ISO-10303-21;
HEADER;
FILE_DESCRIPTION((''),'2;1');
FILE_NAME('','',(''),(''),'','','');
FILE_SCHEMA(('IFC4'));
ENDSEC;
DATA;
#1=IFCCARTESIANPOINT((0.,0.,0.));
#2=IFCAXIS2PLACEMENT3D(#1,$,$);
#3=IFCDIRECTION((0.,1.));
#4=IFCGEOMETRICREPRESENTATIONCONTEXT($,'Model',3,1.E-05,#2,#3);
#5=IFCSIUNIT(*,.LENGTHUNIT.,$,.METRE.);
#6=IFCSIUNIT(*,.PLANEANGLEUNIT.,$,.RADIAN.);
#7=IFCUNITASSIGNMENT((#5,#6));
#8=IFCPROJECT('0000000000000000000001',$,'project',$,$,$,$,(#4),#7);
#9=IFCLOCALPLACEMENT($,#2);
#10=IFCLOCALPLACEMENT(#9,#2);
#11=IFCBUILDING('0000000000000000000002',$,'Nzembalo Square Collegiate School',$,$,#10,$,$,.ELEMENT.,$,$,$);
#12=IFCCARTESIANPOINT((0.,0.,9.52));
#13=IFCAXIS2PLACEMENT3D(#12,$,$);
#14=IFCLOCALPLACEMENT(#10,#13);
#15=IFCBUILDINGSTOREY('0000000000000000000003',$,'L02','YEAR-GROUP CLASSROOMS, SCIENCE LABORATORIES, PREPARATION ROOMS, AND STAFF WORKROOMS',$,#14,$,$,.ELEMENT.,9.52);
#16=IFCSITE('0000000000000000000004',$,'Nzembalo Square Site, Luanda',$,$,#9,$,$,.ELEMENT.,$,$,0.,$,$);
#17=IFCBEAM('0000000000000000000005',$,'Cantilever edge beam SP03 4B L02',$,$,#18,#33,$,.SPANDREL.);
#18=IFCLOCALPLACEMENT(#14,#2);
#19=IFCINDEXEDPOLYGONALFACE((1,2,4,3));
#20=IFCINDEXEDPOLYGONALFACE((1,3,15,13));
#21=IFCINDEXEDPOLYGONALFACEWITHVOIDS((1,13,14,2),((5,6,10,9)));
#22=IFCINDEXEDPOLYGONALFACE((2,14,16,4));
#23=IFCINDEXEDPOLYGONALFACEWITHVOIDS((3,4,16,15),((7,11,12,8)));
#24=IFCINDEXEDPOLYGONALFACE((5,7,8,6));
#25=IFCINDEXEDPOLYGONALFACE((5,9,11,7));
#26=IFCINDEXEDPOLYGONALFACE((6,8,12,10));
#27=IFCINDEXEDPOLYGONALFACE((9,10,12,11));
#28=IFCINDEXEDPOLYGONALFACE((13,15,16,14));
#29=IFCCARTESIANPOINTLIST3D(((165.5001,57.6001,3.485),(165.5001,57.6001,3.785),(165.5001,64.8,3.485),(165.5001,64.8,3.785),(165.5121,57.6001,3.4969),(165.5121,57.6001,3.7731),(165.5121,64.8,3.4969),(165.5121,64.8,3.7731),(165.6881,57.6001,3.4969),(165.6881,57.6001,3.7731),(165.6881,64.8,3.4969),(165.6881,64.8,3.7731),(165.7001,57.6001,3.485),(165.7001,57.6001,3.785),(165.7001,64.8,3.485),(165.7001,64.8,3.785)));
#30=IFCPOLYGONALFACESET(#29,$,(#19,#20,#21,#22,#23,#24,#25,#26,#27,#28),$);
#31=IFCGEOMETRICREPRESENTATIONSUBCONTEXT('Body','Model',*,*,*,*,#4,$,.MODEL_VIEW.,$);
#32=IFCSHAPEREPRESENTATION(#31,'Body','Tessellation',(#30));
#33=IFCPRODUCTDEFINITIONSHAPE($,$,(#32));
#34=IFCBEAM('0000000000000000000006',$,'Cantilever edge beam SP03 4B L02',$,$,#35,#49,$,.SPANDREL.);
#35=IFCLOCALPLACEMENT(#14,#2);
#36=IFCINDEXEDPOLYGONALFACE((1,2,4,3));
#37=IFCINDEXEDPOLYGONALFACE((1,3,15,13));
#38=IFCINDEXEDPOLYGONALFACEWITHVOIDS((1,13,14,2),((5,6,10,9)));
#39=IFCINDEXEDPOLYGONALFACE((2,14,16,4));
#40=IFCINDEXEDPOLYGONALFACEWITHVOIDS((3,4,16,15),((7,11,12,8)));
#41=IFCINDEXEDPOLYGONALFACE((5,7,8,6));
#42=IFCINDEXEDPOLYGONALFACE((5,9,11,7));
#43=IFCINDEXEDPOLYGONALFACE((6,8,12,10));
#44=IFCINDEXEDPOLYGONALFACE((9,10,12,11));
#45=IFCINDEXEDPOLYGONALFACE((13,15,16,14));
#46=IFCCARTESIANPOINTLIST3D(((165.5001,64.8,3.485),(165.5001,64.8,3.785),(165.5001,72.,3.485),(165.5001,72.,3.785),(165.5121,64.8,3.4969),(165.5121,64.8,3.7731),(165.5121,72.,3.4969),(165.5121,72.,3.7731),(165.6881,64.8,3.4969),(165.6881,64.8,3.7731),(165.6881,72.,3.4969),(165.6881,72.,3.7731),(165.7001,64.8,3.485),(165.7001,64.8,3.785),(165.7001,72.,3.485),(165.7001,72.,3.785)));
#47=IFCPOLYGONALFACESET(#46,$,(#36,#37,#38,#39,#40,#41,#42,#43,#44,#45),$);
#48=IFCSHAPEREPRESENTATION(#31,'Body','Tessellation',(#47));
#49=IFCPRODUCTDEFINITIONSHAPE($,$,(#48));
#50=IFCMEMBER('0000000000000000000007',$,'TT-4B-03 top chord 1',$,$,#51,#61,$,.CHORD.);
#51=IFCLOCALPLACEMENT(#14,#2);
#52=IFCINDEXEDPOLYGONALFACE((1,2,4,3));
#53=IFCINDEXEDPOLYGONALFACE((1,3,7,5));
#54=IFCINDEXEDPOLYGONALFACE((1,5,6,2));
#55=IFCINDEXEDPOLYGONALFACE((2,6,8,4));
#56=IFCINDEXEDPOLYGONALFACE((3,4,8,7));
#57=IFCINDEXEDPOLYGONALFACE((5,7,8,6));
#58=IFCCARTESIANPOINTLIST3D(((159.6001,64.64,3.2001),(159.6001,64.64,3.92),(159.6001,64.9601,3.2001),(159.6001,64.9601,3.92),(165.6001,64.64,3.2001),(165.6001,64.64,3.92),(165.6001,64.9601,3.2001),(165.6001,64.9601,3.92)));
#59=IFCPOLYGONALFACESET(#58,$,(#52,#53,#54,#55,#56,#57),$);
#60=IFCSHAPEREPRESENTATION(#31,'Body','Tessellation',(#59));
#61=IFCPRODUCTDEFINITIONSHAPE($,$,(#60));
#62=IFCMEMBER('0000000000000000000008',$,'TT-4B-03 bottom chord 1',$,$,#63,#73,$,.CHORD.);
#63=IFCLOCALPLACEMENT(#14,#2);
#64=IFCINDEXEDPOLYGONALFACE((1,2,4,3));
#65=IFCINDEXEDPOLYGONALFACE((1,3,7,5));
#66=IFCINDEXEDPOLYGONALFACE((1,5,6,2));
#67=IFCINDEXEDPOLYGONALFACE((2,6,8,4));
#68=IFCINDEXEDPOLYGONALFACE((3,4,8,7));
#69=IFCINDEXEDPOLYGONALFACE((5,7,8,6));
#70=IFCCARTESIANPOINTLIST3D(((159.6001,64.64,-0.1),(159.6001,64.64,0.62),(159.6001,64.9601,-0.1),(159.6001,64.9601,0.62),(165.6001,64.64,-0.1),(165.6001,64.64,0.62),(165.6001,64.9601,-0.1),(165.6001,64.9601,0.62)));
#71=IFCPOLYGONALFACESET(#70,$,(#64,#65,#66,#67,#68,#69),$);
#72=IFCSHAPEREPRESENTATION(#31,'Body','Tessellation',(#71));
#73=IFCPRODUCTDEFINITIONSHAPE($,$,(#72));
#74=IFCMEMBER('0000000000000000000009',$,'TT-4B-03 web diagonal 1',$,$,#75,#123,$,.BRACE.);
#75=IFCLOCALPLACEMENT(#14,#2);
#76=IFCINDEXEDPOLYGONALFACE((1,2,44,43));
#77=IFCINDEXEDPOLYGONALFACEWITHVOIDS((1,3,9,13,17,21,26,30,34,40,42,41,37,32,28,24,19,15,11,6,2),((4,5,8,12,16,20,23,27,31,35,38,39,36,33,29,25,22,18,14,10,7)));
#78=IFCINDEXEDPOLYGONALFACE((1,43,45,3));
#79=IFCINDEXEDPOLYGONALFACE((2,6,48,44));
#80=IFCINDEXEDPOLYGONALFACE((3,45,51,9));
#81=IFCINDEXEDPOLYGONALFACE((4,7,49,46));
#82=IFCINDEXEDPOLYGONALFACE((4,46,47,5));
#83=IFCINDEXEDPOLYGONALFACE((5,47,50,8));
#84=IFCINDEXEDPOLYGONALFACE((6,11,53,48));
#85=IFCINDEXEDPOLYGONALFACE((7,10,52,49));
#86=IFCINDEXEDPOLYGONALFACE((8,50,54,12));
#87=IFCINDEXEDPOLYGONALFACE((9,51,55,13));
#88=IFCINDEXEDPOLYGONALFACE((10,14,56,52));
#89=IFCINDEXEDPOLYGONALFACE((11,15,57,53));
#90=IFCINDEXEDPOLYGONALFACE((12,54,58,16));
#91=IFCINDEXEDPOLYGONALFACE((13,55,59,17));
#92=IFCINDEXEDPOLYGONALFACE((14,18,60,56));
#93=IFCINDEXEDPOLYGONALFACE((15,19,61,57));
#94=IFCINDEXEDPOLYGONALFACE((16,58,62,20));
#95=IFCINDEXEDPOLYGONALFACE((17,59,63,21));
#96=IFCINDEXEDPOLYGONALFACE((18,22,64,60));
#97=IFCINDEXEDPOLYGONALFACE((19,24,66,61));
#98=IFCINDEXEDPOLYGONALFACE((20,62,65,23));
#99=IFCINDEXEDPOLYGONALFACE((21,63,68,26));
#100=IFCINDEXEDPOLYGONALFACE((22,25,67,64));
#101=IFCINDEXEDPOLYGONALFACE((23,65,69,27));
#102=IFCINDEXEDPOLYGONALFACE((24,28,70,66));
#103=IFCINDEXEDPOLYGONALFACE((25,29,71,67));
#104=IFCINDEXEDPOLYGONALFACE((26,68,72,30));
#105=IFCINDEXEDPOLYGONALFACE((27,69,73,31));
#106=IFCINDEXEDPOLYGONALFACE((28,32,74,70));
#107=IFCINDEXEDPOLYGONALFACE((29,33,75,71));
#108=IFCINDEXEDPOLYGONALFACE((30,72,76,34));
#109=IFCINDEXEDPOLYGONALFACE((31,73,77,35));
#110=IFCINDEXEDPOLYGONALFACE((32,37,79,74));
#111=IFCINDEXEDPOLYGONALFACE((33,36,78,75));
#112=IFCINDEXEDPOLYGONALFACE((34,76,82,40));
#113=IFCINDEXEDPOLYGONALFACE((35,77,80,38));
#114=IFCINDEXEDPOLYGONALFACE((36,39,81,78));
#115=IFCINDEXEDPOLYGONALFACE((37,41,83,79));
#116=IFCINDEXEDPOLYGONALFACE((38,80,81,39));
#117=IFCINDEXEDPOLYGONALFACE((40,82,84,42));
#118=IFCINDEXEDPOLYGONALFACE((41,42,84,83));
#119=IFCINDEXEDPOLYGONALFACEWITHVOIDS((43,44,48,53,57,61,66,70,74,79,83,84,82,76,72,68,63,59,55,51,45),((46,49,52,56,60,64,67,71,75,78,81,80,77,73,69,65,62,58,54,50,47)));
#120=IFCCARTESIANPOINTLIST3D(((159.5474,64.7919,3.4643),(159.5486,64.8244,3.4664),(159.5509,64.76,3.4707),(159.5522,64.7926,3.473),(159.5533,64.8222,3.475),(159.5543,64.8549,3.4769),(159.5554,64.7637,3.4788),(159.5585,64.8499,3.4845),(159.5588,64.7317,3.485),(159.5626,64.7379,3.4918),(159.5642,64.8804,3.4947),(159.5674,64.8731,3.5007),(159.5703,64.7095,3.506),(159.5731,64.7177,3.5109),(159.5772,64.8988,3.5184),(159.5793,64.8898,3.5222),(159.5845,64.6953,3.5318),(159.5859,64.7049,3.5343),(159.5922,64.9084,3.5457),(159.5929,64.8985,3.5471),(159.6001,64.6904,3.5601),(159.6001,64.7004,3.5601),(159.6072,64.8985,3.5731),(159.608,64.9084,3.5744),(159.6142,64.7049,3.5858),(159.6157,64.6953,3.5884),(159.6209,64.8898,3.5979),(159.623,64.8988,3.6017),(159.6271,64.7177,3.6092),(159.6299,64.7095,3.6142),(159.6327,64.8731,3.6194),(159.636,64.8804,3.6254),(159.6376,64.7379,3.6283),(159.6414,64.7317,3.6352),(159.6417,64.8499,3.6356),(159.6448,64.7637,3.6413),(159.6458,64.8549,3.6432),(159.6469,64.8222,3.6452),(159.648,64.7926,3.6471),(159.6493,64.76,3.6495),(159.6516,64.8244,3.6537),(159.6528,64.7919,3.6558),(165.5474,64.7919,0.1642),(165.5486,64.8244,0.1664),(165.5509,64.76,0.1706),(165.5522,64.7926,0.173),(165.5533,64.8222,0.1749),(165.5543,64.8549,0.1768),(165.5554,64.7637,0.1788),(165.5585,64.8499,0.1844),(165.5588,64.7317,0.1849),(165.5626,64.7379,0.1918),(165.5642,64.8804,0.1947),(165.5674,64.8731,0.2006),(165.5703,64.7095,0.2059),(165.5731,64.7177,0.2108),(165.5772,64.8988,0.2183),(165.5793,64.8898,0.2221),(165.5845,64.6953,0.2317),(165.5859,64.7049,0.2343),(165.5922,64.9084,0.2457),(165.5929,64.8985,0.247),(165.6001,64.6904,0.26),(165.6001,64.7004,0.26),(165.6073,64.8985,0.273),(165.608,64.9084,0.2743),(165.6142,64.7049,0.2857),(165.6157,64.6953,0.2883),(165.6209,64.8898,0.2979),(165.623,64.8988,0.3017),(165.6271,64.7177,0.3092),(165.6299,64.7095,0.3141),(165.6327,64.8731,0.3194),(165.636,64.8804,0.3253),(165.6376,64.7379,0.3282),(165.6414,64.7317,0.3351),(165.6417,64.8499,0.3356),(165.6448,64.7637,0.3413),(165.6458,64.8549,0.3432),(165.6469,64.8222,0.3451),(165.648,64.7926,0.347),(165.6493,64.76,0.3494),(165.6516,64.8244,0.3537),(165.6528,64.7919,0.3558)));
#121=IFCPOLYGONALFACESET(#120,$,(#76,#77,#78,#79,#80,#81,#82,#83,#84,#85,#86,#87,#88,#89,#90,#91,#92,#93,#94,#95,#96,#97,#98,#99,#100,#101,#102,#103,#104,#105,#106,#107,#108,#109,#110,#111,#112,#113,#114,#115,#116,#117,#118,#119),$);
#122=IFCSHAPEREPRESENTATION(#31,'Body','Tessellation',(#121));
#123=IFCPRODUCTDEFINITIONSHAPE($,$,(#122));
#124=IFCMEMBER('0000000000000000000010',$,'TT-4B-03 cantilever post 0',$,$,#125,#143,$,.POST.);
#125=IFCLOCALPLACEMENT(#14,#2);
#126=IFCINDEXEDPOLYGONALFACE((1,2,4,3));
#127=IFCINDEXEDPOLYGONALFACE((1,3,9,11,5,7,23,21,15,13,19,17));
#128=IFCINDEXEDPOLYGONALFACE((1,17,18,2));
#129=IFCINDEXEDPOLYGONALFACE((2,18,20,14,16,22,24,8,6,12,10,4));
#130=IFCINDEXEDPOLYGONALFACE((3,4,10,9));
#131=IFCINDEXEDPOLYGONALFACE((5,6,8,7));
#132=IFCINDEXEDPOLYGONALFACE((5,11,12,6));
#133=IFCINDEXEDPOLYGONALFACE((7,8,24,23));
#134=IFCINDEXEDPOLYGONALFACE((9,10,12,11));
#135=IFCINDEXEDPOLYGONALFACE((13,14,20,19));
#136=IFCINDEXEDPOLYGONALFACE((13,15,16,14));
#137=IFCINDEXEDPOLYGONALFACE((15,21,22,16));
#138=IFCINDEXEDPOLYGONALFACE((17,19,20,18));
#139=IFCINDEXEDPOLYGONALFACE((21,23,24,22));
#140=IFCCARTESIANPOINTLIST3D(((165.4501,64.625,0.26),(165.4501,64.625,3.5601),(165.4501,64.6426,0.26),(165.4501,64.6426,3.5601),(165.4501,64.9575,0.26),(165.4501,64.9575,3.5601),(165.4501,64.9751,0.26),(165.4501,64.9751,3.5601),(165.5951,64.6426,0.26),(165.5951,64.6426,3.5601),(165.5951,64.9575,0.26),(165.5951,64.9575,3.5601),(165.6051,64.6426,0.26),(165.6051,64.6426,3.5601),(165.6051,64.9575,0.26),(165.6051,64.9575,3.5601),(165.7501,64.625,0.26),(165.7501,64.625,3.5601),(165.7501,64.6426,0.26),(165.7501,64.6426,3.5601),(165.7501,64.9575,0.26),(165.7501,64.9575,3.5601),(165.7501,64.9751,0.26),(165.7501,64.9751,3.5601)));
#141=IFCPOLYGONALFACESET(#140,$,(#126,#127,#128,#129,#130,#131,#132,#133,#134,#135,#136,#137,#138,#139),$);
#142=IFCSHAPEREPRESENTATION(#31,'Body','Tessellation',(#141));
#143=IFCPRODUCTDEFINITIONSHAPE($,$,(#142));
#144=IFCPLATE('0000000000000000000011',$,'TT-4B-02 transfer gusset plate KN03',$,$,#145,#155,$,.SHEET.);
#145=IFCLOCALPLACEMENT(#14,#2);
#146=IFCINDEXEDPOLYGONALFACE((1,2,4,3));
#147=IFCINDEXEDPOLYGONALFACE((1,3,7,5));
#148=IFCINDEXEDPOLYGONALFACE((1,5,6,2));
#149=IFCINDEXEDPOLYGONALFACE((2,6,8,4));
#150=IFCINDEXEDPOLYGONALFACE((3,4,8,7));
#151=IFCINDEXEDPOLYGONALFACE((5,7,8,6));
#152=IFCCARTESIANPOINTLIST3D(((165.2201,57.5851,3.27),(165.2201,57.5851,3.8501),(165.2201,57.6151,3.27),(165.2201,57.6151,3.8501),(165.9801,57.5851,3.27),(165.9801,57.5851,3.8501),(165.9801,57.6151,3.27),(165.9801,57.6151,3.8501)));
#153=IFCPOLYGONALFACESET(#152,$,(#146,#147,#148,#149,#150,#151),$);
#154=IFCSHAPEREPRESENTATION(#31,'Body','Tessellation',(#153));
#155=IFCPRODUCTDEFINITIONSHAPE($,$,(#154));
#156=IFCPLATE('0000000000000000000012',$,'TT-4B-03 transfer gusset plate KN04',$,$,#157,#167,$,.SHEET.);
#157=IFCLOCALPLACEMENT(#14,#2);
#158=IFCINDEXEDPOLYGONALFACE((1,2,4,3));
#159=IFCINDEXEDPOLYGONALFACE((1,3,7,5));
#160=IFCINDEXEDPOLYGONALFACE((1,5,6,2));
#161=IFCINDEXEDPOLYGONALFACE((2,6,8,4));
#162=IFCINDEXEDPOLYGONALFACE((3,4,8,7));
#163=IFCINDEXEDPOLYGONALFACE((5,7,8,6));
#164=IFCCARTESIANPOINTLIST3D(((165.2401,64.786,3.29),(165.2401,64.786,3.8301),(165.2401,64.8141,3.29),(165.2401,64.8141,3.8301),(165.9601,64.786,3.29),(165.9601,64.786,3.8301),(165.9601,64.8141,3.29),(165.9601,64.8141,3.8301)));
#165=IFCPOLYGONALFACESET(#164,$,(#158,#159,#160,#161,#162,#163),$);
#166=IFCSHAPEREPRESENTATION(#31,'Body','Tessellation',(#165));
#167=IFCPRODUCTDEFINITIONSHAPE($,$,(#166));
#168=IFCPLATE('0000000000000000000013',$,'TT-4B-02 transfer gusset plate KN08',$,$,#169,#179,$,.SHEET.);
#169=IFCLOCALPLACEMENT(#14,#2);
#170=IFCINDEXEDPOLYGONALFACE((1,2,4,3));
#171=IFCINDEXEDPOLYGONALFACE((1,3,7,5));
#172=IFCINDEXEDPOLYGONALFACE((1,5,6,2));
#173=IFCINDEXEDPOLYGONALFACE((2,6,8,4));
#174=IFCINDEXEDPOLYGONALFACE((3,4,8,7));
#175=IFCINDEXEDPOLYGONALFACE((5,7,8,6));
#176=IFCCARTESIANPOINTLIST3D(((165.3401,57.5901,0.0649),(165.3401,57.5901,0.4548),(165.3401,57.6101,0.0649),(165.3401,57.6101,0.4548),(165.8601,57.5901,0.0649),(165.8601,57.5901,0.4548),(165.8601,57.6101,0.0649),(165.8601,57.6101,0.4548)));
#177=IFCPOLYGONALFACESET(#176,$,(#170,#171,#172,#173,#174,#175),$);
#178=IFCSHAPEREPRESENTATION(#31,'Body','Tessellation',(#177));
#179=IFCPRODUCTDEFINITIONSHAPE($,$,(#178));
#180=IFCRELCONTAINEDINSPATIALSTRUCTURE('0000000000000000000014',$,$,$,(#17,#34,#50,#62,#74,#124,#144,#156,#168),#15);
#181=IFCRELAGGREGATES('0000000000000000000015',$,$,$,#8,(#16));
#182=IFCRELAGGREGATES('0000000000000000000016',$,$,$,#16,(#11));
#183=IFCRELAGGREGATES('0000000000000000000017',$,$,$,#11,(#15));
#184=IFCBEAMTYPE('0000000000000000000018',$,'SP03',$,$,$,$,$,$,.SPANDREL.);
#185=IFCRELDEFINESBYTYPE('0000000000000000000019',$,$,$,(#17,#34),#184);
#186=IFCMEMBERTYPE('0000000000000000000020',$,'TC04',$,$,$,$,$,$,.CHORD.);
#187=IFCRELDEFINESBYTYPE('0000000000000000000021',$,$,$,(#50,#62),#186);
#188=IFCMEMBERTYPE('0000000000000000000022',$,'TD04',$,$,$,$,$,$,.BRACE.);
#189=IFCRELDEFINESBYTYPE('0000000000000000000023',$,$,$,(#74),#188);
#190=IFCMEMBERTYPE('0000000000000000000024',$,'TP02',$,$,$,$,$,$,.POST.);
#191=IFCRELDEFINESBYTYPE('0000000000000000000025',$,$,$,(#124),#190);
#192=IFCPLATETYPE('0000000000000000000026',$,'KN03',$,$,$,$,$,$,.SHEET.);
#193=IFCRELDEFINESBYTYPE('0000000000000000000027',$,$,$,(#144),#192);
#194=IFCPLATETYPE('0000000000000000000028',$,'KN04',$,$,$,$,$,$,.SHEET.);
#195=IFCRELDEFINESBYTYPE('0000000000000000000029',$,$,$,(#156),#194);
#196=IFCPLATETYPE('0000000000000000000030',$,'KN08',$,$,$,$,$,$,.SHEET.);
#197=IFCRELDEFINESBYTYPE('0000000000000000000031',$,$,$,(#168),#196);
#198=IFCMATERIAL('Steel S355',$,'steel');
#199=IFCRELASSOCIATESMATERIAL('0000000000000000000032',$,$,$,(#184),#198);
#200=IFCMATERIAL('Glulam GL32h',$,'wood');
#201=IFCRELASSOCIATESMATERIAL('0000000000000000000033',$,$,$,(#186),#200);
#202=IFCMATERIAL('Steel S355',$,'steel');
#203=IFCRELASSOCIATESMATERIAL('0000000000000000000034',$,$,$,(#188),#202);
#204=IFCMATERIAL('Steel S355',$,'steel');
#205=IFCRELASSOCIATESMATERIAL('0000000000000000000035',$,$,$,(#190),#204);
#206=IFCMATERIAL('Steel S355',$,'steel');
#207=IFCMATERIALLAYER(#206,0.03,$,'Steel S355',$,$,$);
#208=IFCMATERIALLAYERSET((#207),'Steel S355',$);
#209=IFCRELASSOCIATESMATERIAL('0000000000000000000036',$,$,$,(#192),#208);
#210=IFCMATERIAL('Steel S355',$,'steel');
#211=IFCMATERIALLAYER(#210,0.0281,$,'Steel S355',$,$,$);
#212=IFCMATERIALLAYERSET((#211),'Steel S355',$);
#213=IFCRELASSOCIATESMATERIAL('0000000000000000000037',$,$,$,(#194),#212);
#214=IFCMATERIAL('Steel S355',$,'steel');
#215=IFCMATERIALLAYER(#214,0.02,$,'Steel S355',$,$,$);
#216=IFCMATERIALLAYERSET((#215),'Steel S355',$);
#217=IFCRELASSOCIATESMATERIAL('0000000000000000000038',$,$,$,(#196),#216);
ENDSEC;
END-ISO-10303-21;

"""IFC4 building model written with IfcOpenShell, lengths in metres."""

from ifc_helpers import new_model, si_unit, direction, frame, origin, origin_2d, place, context, subcontext, project, spatial, rectangle, hollow_rectangle, hollow_circle, i_section, extrude, material, layer, layer_set, material_profile, profile_set, type_object, element, save


model = new_model("IFC4")

# Units and contexts
model_context = context("Model", 3, precision=1e-05, world=origin(), true_north=direction((0.0, 1.0)))
body_context = subcontext(model_context, "Body", "Model", "MODEL_VIEW")
ifc_project = project(units=[si_unit("LENGTHUNIT", "METRE"), si_unit("PLANEANGLEUNIT", "RADIAN")], contexts=[model_context])

# Site, building, storey
site_placement = place(None, origin())
site = spatial("IfcSite", under=ifc_project, at=site_placement, Name="Nzembalo Square Site, Luanda", CompositionType="ELEMENT", RefElevation=0.0)
building_placement = place(site_placement, origin())
building = spatial("IfcBuilding", under=site, at=building_placement, Name="Nzembalo Square Collegiate School", CompositionType="ELEMENT")
storey_placement = place(building_placement, frame((0.0, 0.0, 9.52)))
storey = spatial("IfcBuildingStorey", under=building, at=storey_placement, Name="L02", Description="YEAR-GROUP CLASSROOMS, SCIENCE LABORATORIES, PREPARATION ROOMS, AND STAFF WORKROOMS", CompositionType="ELEMENT", Elevation=9.52)

# Beams
ifc_material_1 = material(Name="Steel S355", Category="steel")
ifc_material_profile_1 = material_profile(ifc_material_1, hollow_rectangle(XDim=0.2, YDim=0.3, WallThickness=0.012, at=origin_2d()), Name="RHS 300x200x12")
ifc_profile_set_1 = profile_set([ifc_material_profile_1], Name="Steel S355")
beam_type = type_object("IfcBeamType", Name="SP03", PredefinedType="SPANDREL", material=ifc_profile_set_1)
for number, where, z_axis, x_axis, name in (
    (1, (165.6001, 57.6001, 3.635), (0.0, 1.0, 0.0), (-1.0, 0.0, 0.0), "Cantilever edge beam SP03 4B L02"),
    (2, (165.6001, 64.8, 3.635), (0.0, 1.0, 0.0), (-1.0, 0.0, 0.0), "Cantilever edge beam SP03 4B L02"),
):
    element("IfcBeam", number, at=place(storey_placement, frame(where, z_axis=z_axis, x_axis=x_axis)), inside=storey, type_object=beam_type, Name=name, PredefinedType="SPANDREL", context=body_context, shape_type="SweptSolid", body=[
        extrude(hollow_rectangle(XDim=0.2, YDim=0.3, WallThickness=0.012, at=origin_2d()), origin(), (0.0, 0.0, 1.0), 7.2),
    ])

# Members
ifc_material_2 = material(Name="Glulam GL32h", Category="wood")
ifc_material_profile_2 = material_profile(ifc_material_2, rectangle(XDim=0.3201, YDim=0.72, at=origin_2d()), Name="GL32h 320x720")
ifc_profile_set_2 = profile_set([ifc_material_profile_2], Name="Glulam GL32h")
member_type_1 = type_object("IfcMemberType", Name="TC04", PredefinedType="CHORD", material=ifc_profile_set_2)
for number, where, z_axis, x_axis, name in (
    (3, (165.6001, 64.8, 3.5601), (-1.0, 0.0, 0.0), (0.0, -1.0, 0.0), "TT-4B-03 top chord 1"),
    (4, (165.6001, 64.8, 0.26), (-1.0, 0.0, 0.0), (0.0, -1.0, 0.0), "TT-4B-03 bottom chord 1"),
):
    element("IfcMember", number, at=place(storey_placement, frame(where, z_axis=z_axis, x_axis=x_axis)), inside=storey, type_object=member_type_1, Name=name, PredefinedType="CHORD", context=body_context, shape_type="SweptSolid", body=[
        extrude(rectangle(XDim=0.3201, YDim=0.72, at=origin_2d()), origin(), (0.0, 0.0, 1.0), 6.0),
    ])
ifc_material_3 = material(Name="Steel S355", Category="steel")
ifc_material_profile_3 = material_profile(ifc_material_3, hollow_circle(Radius=0.1096, WallThickness=0.01, at=origin_2d()), Name="CHS 219x10")
ifc_profile_set_3 = profile_set([ifc_material_profile_3], Name="Steel S355")
member_type_2 = type_object("IfcMemberType", Name="TD04", PredefinedType="BRACE", material=ifc_profile_set_3)
member_1_placement = place(storey_placement, frame((165.6001, 64.8, 0.26), z_axis=(-0.876213, 0.0, 0.481924), x_axis=(0.0, -1.0, 0.0)))
element("IfcMember", 5, at=member_1_placement, inside=storey, type_object=member_type_2, Name="TT-4B-03 web diagonal 1", PredefinedType="BRACE", context=body_context, shape_type="SweptSolid", body=[
    extrude(hollow_circle(Radius=0.1096, WallThickness=0.01, at=origin_2d()), origin(), (0.0, 0.0, 1.0), 6.8477),
])
ifc_material_4 = material(Name="Steel S355", Category="steel")
ifc_material_profile_4 = material_profile(ifc_material_4, i_section(OverallWidth=0.3, OverallDepth=0.3501, WebThickness=0.01, FlangeThickness=0.0176, at=origin_2d()), Name="HEA 360")
ifc_profile_set_4 = profile_set([ifc_material_profile_4], Name="Steel S355")
member_type_3 = type_object("IfcMemberType", Name="TP02", PredefinedType="POST", material=ifc_profile_set_4)
member_2_placement = place(storey_placement, frame((165.6001, 64.8, 0.26), z_axis=(0.0, 0.0, 1.0), x_axis=(1.0, 0.0, 0.0)))
element("IfcMember", 6, at=member_2_placement, inside=storey, type_object=member_type_3, Name="TT-4B-03 cantilever post 0", PredefinedType="POST", context=body_context, shape_type="SweptSolid", body=[
    extrude(i_section(OverallWidth=0.3, OverallDepth=0.3501, WebThickness=0.01, FlangeThickness=0.0176, at=origin_2d()), origin(), (0.0, 0.0, 1.0), 3.3),
])

# Plates
ifc_material_5 = material(Name="Steel S355", Category="steel")
ifc_layer_1 = layer(ifc_material_5, 0.03, Name="Steel S355")
ifc_layer_set_1 = layer_set([ifc_layer_1], Name="Steel S355")
plate_type_1 = type_object("IfcPlateType", Name="KN03", PredefinedType="SHEET", material=ifc_layer_set_1)
plate_1_placement = place(storey_placement, frame((165.6001, 57.6001, 3.27), z_axis=(0.0, 0.0, 1.0), x_axis=(1.0, 0.0, 0.0)))
element("IfcPlate", 7, at=plate_1_placement, inside=storey, type_object=plate_type_1, Name="TT-4B-02 transfer gusset plate KN03", PredefinedType="SHEET", context=body_context, shape_type="SweptSolid", body=[
    extrude(rectangle(XDim=0.76, YDim=0.03, at=origin_2d()), origin(), (0.0, 0.0, 1.0), 0.5801),
])
ifc_material_6 = material(Name="Steel S355", Category="steel")
ifc_layer_2 = layer(ifc_material_6, 0.0281, Name="Steel S355")
ifc_layer_set_2 = layer_set([ifc_layer_2], Name="Steel S355")
plate_type_2 = type_object("IfcPlateType", Name="KN04", PredefinedType="SHEET", material=ifc_layer_set_2)
plate_2_placement = place(storey_placement, frame((165.6001, 64.8, 3.29), z_axis=(0.0, 0.0, 1.0), x_axis=(1.0, 0.0, 0.0)))
element("IfcPlate", 8, at=plate_2_placement, inside=storey, type_object=plate_type_2, Name="TT-4B-03 transfer gusset plate KN04", PredefinedType="SHEET", context=body_context, shape_type="SweptSolid", body=[
    extrude(rectangle(XDim=0.72, YDim=0.0281, at=origin_2d()), origin(), (0.0, 0.0, 1.0), 0.54),
])
ifc_material_7 = material(Name="Steel S355", Category="steel")
ifc_layer_3 = layer(ifc_material_7, 0.02, Name="Steel S355")
ifc_layer_set_3 = layer_set([ifc_layer_3], Name="Steel S355")
plate_type_3 = type_object("IfcPlateType", Name="KN08", PredefinedType="SHEET", material=ifc_layer_set_3)
plate_3_placement = place(storey_placement, frame((165.6001, 57.6001, 0.0649), z_axis=(0.0, 0.0, 1.0), x_axis=(1.0, 0.0, 0.0)))
element("IfcPlate", 9, at=plate_3_placement, inside=storey, type_object=plate_type_3, Name="TT-4B-02 transfer gusset plate KN08", PredefinedType="SHEET", context=body_context, shape_type="SweptSolid", body=[
    extrude(rectangle(XDim=0.52, YDim=0.02, at=origin_2d()), origin(), (0.0, 0.0, 1.0), 0.3899),
])

save(model, "model.ifc")
